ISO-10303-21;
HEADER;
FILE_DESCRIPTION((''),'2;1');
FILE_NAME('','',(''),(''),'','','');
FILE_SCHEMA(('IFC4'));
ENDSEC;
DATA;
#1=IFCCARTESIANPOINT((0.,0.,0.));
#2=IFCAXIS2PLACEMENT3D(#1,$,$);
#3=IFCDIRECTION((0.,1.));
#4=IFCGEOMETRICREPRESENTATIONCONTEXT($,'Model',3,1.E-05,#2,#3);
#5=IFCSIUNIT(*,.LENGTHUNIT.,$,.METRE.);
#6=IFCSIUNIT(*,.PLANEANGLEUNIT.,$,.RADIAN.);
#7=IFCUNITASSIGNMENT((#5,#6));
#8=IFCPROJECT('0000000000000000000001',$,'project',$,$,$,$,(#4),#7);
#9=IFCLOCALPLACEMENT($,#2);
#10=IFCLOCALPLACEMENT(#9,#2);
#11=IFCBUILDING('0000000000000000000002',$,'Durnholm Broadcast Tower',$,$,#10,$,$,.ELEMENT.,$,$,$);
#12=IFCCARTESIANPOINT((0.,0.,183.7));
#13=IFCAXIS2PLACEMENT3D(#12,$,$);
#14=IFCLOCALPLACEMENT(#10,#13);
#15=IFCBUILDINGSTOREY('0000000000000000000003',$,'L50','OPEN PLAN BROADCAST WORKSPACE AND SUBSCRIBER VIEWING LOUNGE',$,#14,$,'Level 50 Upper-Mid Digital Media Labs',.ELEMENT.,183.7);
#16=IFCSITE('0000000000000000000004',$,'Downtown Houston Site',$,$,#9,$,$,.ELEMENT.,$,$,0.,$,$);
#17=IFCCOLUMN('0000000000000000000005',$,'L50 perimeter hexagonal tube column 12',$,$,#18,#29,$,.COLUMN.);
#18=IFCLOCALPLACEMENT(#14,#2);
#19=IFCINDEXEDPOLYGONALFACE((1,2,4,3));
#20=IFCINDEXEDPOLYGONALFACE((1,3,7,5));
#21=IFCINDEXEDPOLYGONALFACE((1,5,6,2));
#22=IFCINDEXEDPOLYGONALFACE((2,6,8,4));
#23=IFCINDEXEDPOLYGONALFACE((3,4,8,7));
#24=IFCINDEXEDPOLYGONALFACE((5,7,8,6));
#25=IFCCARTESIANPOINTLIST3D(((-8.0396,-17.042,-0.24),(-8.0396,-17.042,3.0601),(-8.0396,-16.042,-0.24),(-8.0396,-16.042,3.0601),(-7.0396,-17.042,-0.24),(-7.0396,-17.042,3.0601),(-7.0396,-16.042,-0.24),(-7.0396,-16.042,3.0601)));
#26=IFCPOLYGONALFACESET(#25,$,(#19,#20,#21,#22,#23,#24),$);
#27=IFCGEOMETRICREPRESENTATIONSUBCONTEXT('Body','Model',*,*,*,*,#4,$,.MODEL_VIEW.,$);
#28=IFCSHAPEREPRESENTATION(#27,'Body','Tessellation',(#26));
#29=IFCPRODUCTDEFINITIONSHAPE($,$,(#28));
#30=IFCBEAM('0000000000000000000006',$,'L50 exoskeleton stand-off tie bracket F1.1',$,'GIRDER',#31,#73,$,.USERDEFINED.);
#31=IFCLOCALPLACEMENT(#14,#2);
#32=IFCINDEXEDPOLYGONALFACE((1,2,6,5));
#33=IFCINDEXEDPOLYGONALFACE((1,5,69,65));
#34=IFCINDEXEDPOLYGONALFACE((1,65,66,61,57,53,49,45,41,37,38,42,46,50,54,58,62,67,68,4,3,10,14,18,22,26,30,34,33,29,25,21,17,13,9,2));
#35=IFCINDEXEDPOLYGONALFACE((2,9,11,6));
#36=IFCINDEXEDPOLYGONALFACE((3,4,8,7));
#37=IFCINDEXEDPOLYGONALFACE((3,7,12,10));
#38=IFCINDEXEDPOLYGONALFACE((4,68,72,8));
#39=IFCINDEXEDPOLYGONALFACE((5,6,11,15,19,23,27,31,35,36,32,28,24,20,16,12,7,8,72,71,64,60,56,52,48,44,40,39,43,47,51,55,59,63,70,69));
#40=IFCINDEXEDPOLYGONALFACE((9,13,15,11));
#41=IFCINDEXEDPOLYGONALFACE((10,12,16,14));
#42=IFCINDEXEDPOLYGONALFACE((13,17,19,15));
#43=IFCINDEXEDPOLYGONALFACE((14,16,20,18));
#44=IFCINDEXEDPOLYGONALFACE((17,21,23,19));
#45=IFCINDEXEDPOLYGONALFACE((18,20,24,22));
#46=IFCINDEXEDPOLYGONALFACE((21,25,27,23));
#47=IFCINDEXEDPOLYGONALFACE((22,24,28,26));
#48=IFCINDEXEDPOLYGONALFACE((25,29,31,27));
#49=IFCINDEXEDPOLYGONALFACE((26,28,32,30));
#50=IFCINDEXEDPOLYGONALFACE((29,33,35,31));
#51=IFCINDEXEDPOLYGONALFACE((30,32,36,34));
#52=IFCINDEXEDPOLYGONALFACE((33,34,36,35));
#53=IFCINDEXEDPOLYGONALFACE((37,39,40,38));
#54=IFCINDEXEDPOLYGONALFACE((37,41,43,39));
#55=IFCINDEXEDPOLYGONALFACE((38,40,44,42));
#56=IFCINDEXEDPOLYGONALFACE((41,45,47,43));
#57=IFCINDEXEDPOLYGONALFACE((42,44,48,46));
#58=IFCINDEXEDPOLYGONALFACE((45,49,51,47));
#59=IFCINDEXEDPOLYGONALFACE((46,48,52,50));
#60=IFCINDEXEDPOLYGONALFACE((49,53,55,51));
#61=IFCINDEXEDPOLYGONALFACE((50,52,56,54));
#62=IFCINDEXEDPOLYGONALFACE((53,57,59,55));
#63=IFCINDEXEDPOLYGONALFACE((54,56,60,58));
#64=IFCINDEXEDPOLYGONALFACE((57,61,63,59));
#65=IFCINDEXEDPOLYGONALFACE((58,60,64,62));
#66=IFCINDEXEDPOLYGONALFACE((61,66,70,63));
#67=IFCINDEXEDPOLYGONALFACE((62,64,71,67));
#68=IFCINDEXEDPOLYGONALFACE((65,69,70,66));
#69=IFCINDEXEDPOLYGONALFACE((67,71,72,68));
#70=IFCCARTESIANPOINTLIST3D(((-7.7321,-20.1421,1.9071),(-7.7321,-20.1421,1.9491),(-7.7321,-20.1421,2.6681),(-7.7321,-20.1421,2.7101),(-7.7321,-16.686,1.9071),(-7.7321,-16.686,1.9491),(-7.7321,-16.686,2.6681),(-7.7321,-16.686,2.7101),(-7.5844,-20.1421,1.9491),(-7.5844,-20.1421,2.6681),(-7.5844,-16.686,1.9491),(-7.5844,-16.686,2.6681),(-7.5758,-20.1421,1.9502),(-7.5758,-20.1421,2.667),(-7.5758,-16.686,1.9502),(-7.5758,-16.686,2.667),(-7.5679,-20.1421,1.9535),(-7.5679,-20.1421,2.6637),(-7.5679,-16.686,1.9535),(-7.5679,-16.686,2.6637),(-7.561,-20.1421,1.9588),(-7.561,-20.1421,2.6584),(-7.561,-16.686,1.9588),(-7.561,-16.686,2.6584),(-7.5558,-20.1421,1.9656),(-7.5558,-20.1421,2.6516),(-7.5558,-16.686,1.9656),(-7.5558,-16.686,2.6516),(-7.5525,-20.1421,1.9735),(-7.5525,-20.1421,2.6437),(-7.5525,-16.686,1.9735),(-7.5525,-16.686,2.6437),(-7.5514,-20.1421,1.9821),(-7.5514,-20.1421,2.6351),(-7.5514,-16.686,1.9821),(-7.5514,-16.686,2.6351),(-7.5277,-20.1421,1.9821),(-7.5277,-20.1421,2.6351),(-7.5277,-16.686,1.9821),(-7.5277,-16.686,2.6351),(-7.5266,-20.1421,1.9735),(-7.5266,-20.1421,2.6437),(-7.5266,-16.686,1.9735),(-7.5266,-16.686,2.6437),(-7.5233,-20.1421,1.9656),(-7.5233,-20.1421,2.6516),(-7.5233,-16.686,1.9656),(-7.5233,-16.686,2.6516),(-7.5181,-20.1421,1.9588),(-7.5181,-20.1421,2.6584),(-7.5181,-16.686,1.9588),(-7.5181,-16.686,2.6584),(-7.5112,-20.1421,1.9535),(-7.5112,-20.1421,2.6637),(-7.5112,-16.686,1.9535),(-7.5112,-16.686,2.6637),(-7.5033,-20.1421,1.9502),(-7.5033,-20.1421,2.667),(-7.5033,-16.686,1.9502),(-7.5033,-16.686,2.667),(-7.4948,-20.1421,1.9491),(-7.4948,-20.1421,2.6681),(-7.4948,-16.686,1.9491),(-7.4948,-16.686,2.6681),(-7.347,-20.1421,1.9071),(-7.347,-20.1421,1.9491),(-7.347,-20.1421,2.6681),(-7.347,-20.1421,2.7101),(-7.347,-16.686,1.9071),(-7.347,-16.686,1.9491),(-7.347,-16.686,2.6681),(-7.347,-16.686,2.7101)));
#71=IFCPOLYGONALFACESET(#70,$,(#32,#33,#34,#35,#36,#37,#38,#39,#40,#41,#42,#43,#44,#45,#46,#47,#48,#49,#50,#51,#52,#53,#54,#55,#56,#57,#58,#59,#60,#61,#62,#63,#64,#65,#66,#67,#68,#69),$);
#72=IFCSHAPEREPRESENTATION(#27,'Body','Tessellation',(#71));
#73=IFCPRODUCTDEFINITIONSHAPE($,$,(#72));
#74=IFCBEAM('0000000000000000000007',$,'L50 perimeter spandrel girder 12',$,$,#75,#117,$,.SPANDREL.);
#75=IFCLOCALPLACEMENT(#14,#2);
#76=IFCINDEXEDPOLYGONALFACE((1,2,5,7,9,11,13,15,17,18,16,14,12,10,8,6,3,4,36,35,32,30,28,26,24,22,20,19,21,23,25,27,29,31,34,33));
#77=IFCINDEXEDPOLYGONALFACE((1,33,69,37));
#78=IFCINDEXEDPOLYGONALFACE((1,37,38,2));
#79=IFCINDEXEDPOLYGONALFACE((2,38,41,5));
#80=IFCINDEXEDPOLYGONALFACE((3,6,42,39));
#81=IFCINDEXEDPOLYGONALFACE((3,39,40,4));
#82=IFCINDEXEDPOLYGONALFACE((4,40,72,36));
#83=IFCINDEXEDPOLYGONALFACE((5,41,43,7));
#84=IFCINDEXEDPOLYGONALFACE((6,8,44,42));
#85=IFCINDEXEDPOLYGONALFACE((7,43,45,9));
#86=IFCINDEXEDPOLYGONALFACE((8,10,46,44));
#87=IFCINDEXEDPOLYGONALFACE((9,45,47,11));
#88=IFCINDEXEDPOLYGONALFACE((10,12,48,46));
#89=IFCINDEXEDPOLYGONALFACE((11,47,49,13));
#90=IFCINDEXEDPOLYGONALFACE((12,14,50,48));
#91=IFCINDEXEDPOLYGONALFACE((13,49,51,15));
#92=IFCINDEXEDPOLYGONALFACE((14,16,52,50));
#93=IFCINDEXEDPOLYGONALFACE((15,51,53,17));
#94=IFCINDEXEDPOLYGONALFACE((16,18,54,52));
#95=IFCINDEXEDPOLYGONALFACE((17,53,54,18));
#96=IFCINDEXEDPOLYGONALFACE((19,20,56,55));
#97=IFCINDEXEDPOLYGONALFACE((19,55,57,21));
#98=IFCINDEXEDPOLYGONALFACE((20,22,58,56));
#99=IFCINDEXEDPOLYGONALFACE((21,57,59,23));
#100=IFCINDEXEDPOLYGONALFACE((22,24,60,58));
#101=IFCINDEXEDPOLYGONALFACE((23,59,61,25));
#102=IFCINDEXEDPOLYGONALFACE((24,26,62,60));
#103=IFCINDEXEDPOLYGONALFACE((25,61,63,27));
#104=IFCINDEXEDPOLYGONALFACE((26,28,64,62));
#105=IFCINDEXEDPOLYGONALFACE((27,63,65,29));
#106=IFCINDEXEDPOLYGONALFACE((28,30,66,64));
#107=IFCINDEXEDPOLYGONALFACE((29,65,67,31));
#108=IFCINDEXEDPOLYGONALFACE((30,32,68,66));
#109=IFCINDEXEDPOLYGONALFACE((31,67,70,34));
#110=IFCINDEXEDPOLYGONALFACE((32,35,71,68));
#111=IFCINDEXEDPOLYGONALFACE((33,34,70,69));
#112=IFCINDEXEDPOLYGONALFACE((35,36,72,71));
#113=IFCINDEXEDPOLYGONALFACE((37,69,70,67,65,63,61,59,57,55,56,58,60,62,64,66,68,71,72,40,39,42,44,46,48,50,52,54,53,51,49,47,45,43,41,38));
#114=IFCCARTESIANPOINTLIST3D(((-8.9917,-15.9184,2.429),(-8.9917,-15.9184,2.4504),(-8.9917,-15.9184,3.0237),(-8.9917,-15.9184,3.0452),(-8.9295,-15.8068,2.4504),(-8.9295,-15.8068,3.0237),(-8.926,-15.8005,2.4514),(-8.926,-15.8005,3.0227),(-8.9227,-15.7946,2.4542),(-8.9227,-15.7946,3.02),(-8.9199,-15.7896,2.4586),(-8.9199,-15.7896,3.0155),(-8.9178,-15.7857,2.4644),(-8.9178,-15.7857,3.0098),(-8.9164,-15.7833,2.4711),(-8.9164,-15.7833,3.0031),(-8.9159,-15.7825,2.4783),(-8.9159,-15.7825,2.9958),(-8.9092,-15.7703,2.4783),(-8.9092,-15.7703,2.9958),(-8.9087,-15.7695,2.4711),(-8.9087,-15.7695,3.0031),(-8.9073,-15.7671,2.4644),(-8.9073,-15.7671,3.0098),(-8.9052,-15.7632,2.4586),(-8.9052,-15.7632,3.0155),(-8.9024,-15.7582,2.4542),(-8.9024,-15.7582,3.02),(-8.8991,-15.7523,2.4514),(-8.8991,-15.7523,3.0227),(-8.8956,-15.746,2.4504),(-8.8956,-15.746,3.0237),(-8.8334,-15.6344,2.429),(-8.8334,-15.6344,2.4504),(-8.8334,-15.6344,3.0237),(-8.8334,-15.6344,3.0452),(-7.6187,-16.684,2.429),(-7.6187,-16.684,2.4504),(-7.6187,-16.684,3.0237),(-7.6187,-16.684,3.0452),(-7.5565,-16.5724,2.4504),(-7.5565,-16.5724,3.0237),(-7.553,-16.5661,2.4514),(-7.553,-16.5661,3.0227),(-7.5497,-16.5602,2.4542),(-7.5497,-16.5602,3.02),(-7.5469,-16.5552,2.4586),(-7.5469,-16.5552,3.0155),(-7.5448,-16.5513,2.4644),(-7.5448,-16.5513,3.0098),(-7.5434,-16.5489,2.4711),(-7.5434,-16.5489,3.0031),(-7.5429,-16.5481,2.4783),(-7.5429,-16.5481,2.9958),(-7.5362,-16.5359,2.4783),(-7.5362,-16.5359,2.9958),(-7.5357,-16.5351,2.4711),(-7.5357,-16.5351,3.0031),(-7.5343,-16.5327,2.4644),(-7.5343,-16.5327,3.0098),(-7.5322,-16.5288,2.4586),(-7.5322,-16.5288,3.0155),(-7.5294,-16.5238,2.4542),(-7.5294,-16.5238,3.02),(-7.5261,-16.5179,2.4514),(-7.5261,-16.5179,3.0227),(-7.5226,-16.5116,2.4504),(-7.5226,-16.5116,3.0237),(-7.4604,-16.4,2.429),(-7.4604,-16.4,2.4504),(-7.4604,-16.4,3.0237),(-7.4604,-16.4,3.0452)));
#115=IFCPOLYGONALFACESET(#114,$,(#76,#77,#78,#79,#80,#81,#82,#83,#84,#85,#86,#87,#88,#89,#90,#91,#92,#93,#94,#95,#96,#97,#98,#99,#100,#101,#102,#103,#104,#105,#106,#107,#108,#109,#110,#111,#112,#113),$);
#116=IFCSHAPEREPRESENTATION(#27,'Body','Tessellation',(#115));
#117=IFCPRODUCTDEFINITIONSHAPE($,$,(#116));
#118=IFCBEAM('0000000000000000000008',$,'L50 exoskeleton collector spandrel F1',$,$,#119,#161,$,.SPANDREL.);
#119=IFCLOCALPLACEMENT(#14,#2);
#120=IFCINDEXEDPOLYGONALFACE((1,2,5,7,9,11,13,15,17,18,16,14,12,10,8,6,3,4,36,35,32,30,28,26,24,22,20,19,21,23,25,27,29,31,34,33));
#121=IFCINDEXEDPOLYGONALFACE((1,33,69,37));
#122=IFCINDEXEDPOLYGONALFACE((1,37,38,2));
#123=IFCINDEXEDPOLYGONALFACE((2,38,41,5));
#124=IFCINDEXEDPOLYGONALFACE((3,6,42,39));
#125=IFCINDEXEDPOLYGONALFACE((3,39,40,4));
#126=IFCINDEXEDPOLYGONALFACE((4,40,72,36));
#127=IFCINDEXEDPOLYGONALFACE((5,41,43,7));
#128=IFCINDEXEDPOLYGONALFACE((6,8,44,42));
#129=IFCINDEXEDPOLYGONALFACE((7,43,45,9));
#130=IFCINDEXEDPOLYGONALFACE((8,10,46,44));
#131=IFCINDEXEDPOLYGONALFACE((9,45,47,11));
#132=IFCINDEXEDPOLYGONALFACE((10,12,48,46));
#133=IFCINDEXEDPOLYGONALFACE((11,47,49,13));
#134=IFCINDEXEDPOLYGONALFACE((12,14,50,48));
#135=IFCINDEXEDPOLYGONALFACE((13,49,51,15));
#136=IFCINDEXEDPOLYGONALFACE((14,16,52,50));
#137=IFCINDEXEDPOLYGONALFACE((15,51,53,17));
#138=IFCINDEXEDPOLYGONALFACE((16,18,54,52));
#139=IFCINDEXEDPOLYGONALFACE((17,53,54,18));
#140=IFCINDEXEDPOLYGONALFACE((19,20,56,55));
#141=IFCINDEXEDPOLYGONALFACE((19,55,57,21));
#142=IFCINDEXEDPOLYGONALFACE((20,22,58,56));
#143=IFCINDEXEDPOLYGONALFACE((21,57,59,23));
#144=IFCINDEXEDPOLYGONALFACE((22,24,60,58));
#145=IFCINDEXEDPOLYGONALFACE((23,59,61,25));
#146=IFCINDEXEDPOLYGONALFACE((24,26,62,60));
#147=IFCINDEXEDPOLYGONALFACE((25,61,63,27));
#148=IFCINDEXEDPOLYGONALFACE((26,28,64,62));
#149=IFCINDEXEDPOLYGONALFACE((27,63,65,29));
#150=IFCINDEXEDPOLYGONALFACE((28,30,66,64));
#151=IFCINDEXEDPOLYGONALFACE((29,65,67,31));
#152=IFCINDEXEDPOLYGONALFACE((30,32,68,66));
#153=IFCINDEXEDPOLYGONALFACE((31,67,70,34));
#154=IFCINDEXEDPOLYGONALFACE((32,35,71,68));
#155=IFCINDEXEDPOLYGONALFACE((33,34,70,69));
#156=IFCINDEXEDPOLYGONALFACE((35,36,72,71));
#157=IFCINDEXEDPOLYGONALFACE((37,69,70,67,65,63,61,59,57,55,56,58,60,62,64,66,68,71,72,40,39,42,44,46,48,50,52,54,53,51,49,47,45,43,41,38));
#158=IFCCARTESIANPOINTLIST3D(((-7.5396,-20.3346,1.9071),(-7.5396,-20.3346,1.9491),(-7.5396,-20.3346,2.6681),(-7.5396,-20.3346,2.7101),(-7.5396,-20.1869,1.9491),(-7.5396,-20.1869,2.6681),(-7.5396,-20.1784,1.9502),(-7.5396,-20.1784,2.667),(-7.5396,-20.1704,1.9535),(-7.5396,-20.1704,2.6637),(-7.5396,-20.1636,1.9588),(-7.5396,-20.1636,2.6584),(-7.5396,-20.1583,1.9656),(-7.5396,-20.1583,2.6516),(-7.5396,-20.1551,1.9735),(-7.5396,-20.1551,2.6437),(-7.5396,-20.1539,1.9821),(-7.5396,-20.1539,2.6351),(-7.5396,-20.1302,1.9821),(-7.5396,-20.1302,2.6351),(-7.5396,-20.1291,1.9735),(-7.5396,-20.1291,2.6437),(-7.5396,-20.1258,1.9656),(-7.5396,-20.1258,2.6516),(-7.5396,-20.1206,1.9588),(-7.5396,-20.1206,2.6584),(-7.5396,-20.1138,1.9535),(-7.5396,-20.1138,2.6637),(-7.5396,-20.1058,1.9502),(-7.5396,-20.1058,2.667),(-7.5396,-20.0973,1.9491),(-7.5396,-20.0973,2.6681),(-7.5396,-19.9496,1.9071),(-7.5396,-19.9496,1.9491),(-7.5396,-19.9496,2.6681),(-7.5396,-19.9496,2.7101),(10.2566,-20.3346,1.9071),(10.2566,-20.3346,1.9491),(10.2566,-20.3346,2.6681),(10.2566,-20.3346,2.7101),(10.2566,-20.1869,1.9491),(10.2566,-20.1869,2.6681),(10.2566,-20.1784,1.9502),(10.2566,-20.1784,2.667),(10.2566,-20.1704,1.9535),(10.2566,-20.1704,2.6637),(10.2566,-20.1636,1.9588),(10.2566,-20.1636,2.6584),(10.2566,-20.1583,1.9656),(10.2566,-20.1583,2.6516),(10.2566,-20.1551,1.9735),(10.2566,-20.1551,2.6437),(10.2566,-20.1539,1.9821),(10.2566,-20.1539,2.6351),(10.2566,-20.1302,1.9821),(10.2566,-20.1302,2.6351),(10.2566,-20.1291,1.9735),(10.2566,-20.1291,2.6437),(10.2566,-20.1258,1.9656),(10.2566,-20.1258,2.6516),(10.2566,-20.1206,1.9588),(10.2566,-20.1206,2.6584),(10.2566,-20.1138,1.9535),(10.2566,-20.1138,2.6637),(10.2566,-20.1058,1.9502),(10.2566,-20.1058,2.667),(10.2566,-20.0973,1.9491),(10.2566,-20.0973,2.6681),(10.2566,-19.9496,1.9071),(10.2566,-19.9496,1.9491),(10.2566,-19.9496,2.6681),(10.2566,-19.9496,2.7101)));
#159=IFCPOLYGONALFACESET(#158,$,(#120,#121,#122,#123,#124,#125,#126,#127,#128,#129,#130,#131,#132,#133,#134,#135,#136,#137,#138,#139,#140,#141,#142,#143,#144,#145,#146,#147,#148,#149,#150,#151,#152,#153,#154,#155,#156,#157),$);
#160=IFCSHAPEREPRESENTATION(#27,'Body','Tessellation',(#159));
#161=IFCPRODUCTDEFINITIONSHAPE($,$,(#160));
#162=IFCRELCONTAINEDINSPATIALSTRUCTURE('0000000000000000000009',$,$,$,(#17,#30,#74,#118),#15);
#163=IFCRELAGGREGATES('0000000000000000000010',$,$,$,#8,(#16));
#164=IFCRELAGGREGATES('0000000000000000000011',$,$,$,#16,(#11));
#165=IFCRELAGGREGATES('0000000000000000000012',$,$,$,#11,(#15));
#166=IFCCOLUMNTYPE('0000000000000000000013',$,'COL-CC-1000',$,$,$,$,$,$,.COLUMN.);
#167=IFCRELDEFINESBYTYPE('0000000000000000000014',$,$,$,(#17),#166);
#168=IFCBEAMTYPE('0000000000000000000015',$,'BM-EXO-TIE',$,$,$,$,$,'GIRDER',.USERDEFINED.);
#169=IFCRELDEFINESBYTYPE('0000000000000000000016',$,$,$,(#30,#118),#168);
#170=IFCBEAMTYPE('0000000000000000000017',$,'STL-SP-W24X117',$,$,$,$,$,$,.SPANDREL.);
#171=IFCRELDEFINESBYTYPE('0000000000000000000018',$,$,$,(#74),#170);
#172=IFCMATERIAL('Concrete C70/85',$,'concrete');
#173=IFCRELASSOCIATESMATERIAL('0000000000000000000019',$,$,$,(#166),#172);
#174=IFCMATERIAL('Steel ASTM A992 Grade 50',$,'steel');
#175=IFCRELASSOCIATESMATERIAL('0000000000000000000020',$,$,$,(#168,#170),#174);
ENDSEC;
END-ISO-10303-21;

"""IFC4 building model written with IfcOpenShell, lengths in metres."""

from ifc_helpers import new_model, si_unit, direction, frame, origin, origin_2d, place, context, subcontext, project, spatial, rectangle, i_section, extrude, source, transform, mapped, material, material_profile, profile_set, type_object, type_shapes, element, save


model = new_model("IFC4")

# Units and contexts
model_context = context("Model", 3, precision=1e-05, world=origin(), true_north=direction((0.0, 1.0)))
body_context = subcontext(model_context, "Body", "Model", "MODEL_VIEW")
ifc_project = project(units=[si_unit("LENGTHUNIT", "METRE"), si_unit("PLANEANGLEUNIT", "RADIAN")], contexts=[model_context])

# Site, building, storey
site_placement = place(None, origin())
site = spatial("IfcSite", under=ifc_project, at=site_placement, Name="Downtown Houston Site", CompositionType="ELEMENT", RefElevation=0.0)
building_placement = place(site_placement, origin())
building = spatial("IfcBuilding", under=site, at=building_placement, Name="Durnholm Broadcast Tower", CompositionType="ELEMENT")
storey_placement = place(building_placement, frame((0.0, 0.0, 183.7)))
storey = spatial("IfcBuildingStorey", under=building, at=storey_placement, Name="L50", Description="OPEN PLAN BROADCAST WORKSPACE AND SUBSCRIBER VIEWING LOUNGE", LongName="Level 50 Upper-Mid Digital Media Labs", CompositionType="ELEMENT", Elevation=183.7)

# Column
ifc_material_1 = material(Name="Concrete C70/85", Category="concrete")
ifc_material_profile_1 = material_profile(ifc_material_1, rectangle(XDim=1.0, YDim=1.0, at=origin_2d()), Name="RC1000X1000")
ifc_profile_set_1 = profile_set([ifc_material_profile_1], Name="Concrete C70/85")
column_type = type_object("IfcColumnType", Name="COL-CC-1000", PredefinedType="COLUMN", material=ifc_profile_set_1)
shared_shape_1 = source(origin(), body_context, "Body", "SweptSolid", [
    extrude(rectangle(XDim=1.0, YDim=1.0, at=origin_2d()), origin(), (0.0, 0.0, 1.0), 3.3),
])
type_shapes(column_type, [shared_shape_1])
column_placement = place(storey_placement, frame((-7.5396, -16.542, -0.24), z_axis=(0.0, 0.0, 1.0), x_axis=(1.0, 0.0, 0.0)))
element("IfcColumn", 1, at=column_placement, inside=storey, type_object=column_type, Name="L50 perimeter hexagonal tube column 12", PredefinedType="COLUMN", context=body_context, shape_type="MappedRepresentation", body=[
    mapped(shared_shape_1, transform((0.0, 0.0, 0.0), x_axis=(1.0, 0.0, 0.0), y_axis=(0.0, 1.0, 0.0), z_axis=(0.0, 0.0, 1.0), scale=1.0)),
])

# Beams
ifc_material_2 = material(Name="Steel ASTM A992 Grade 50", Category="steel")
ifc_material_profile_2 = material_profile(ifc_material_2, i_section(OverallWidth=0.385, OverallDepth=0.803, WebThickness=0.0237, FlangeThickness=0.042, FilletRadius=0.033, at=origin_2d()), Name="W30X261")
ifc_profile_set_2 = profile_set([ifc_material_profile_2], Name="Steel ASTM A992 Grade 50")
beam_type_1 = type_object("IfcBeamType", Name="BM-EXO-TIE", ElementType="GIRDER", PredefinedType="USERDEFINED", material=ifc_profile_set_2)
shared_shape_2 = source(origin(), body_context, "Body", "SweptSolid", [
    extrude(i_section(OverallWidth=0.385, OverallDepth=0.803, WebThickness=0.0237, FlangeThickness=0.042, FilletRadius=0.033, at=origin_2d()), origin(), (0.0, 0.0, 1.0), 3.4561),
])
beam_1_placement = place(storey_placement, frame((-7.5396, -16.686, 2.3086), z_axis=(0.0, -1.0, 0.0), x_axis=(1.0, 0.0, 0.0)))
element("IfcBeam", 2, at=beam_1_placement, inside=storey, type_object=beam_type_1, Name="L50 exoskeleton stand-off tie bracket F1.1", ObjectType="GIRDER", PredefinedType="USERDEFINED", context=body_context, shape_type="MappedRepresentation", body=[
    mapped(shared_shape_2, transform((0.0, 0.0, 0.0), x_axis=(1.0, 0.0, 0.0), y_axis=(0.0, 1.0, 0.0), z_axis=(0.0, 0.0, 1.0), scale=1.0)),
])
ifc_material_profile_3 = material_profile(ifc_material_2, i_section(OverallWidth=0.3252, OverallDepth=0.6162, WebThickness=0.0139, FlangeThickness=0.0215, FilletRadius=0.0278, at=origin_2d()), Name="W24X117")
ifc_profile_set_3 = profile_set([ifc_material_profile_3], Name="Steel ASTM A992 Grade 50")
beam_type_2 = type_object("IfcBeamType", Name="STL-SP-W24X117", PredefinedType="SPANDREL", material=ifc_profile_set_3)
shared_shape_3 = source(origin(), body_context, "Body", "SweptSolid", [
    extrude(i_section(OverallWidth=0.3252, OverallDepth=0.6162, WebThickness=0.0139, FlangeThickness=0.0215, FilletRadius=0.0278, at=origin_2d()), origin(), (0.0, 0.0, 1.0), 1.572),
])
type_shapes(beam_type_2, [shared_shape_3])
beam_2_placement = place(storey_placement, frame((-7.5396, -16.542, 2.7371), z_axis=(-0.873394, 0.487014, 0.0), x_axis=(-0.487014, -0.873394, 0.0)))
element("IfcBeam", 3, at=beam_2_placement, inside=storey, type_object=beam_type_2, Name="L50 perimeter spandrel girder 12", PredefinedType="SPANDREL", context=body_context, shape_type="MappedRepresentation", body=[
    mapped(shared_shape_3, transform((0.0, 0.0, 0.0), x_axis=(1.0, 0.0, 0.0), y_axis=(0.0, 1.0, 0.0), z_axis=(0.0, 0.0, 1.0), scale=1.0)),
])
shared_shape_4 = source(origin(), body_context, "Body", "SweptSolid", [
    extrude(i_section(OverallWidth=0.385, OverallDepth=0.803, WebThickness=0.0237, FlangeThickness=0.042, FilletRadius=0.033, at=origin_2d()), origin(), (0.0, 0.0, 1.0), 17.7961),
])
type_shapes(beam_type_1, [shared_shape_2, shared_shape_4])
beam_3_placement = place(storey_placement, frame((-7.5396, -20.1421, 2.3086), z_axis=(1.0, 0.0, 0.0), x_axis=(0.0, 1.0, 0.0)))
element("IfcBeam", 4, at=beam_3_placement, inside=storey, type_object=beam_type_1, Name="L50 exoskeleton collector spandrel F1", PredefinedType="SPANDREL", context=body_context, shape_type="MappedRepresentation", body=[
    mapped(shared_shape_4, transform((0.0, 0.0, 0.0), x_axis=(1.0, 0.0, 0.0), y_axis=(0.0, 1.0, 0.0), z_axis=(0.0, 0.0, 1.0), scale=1.0)),
])

save(model, "model.ifc")
